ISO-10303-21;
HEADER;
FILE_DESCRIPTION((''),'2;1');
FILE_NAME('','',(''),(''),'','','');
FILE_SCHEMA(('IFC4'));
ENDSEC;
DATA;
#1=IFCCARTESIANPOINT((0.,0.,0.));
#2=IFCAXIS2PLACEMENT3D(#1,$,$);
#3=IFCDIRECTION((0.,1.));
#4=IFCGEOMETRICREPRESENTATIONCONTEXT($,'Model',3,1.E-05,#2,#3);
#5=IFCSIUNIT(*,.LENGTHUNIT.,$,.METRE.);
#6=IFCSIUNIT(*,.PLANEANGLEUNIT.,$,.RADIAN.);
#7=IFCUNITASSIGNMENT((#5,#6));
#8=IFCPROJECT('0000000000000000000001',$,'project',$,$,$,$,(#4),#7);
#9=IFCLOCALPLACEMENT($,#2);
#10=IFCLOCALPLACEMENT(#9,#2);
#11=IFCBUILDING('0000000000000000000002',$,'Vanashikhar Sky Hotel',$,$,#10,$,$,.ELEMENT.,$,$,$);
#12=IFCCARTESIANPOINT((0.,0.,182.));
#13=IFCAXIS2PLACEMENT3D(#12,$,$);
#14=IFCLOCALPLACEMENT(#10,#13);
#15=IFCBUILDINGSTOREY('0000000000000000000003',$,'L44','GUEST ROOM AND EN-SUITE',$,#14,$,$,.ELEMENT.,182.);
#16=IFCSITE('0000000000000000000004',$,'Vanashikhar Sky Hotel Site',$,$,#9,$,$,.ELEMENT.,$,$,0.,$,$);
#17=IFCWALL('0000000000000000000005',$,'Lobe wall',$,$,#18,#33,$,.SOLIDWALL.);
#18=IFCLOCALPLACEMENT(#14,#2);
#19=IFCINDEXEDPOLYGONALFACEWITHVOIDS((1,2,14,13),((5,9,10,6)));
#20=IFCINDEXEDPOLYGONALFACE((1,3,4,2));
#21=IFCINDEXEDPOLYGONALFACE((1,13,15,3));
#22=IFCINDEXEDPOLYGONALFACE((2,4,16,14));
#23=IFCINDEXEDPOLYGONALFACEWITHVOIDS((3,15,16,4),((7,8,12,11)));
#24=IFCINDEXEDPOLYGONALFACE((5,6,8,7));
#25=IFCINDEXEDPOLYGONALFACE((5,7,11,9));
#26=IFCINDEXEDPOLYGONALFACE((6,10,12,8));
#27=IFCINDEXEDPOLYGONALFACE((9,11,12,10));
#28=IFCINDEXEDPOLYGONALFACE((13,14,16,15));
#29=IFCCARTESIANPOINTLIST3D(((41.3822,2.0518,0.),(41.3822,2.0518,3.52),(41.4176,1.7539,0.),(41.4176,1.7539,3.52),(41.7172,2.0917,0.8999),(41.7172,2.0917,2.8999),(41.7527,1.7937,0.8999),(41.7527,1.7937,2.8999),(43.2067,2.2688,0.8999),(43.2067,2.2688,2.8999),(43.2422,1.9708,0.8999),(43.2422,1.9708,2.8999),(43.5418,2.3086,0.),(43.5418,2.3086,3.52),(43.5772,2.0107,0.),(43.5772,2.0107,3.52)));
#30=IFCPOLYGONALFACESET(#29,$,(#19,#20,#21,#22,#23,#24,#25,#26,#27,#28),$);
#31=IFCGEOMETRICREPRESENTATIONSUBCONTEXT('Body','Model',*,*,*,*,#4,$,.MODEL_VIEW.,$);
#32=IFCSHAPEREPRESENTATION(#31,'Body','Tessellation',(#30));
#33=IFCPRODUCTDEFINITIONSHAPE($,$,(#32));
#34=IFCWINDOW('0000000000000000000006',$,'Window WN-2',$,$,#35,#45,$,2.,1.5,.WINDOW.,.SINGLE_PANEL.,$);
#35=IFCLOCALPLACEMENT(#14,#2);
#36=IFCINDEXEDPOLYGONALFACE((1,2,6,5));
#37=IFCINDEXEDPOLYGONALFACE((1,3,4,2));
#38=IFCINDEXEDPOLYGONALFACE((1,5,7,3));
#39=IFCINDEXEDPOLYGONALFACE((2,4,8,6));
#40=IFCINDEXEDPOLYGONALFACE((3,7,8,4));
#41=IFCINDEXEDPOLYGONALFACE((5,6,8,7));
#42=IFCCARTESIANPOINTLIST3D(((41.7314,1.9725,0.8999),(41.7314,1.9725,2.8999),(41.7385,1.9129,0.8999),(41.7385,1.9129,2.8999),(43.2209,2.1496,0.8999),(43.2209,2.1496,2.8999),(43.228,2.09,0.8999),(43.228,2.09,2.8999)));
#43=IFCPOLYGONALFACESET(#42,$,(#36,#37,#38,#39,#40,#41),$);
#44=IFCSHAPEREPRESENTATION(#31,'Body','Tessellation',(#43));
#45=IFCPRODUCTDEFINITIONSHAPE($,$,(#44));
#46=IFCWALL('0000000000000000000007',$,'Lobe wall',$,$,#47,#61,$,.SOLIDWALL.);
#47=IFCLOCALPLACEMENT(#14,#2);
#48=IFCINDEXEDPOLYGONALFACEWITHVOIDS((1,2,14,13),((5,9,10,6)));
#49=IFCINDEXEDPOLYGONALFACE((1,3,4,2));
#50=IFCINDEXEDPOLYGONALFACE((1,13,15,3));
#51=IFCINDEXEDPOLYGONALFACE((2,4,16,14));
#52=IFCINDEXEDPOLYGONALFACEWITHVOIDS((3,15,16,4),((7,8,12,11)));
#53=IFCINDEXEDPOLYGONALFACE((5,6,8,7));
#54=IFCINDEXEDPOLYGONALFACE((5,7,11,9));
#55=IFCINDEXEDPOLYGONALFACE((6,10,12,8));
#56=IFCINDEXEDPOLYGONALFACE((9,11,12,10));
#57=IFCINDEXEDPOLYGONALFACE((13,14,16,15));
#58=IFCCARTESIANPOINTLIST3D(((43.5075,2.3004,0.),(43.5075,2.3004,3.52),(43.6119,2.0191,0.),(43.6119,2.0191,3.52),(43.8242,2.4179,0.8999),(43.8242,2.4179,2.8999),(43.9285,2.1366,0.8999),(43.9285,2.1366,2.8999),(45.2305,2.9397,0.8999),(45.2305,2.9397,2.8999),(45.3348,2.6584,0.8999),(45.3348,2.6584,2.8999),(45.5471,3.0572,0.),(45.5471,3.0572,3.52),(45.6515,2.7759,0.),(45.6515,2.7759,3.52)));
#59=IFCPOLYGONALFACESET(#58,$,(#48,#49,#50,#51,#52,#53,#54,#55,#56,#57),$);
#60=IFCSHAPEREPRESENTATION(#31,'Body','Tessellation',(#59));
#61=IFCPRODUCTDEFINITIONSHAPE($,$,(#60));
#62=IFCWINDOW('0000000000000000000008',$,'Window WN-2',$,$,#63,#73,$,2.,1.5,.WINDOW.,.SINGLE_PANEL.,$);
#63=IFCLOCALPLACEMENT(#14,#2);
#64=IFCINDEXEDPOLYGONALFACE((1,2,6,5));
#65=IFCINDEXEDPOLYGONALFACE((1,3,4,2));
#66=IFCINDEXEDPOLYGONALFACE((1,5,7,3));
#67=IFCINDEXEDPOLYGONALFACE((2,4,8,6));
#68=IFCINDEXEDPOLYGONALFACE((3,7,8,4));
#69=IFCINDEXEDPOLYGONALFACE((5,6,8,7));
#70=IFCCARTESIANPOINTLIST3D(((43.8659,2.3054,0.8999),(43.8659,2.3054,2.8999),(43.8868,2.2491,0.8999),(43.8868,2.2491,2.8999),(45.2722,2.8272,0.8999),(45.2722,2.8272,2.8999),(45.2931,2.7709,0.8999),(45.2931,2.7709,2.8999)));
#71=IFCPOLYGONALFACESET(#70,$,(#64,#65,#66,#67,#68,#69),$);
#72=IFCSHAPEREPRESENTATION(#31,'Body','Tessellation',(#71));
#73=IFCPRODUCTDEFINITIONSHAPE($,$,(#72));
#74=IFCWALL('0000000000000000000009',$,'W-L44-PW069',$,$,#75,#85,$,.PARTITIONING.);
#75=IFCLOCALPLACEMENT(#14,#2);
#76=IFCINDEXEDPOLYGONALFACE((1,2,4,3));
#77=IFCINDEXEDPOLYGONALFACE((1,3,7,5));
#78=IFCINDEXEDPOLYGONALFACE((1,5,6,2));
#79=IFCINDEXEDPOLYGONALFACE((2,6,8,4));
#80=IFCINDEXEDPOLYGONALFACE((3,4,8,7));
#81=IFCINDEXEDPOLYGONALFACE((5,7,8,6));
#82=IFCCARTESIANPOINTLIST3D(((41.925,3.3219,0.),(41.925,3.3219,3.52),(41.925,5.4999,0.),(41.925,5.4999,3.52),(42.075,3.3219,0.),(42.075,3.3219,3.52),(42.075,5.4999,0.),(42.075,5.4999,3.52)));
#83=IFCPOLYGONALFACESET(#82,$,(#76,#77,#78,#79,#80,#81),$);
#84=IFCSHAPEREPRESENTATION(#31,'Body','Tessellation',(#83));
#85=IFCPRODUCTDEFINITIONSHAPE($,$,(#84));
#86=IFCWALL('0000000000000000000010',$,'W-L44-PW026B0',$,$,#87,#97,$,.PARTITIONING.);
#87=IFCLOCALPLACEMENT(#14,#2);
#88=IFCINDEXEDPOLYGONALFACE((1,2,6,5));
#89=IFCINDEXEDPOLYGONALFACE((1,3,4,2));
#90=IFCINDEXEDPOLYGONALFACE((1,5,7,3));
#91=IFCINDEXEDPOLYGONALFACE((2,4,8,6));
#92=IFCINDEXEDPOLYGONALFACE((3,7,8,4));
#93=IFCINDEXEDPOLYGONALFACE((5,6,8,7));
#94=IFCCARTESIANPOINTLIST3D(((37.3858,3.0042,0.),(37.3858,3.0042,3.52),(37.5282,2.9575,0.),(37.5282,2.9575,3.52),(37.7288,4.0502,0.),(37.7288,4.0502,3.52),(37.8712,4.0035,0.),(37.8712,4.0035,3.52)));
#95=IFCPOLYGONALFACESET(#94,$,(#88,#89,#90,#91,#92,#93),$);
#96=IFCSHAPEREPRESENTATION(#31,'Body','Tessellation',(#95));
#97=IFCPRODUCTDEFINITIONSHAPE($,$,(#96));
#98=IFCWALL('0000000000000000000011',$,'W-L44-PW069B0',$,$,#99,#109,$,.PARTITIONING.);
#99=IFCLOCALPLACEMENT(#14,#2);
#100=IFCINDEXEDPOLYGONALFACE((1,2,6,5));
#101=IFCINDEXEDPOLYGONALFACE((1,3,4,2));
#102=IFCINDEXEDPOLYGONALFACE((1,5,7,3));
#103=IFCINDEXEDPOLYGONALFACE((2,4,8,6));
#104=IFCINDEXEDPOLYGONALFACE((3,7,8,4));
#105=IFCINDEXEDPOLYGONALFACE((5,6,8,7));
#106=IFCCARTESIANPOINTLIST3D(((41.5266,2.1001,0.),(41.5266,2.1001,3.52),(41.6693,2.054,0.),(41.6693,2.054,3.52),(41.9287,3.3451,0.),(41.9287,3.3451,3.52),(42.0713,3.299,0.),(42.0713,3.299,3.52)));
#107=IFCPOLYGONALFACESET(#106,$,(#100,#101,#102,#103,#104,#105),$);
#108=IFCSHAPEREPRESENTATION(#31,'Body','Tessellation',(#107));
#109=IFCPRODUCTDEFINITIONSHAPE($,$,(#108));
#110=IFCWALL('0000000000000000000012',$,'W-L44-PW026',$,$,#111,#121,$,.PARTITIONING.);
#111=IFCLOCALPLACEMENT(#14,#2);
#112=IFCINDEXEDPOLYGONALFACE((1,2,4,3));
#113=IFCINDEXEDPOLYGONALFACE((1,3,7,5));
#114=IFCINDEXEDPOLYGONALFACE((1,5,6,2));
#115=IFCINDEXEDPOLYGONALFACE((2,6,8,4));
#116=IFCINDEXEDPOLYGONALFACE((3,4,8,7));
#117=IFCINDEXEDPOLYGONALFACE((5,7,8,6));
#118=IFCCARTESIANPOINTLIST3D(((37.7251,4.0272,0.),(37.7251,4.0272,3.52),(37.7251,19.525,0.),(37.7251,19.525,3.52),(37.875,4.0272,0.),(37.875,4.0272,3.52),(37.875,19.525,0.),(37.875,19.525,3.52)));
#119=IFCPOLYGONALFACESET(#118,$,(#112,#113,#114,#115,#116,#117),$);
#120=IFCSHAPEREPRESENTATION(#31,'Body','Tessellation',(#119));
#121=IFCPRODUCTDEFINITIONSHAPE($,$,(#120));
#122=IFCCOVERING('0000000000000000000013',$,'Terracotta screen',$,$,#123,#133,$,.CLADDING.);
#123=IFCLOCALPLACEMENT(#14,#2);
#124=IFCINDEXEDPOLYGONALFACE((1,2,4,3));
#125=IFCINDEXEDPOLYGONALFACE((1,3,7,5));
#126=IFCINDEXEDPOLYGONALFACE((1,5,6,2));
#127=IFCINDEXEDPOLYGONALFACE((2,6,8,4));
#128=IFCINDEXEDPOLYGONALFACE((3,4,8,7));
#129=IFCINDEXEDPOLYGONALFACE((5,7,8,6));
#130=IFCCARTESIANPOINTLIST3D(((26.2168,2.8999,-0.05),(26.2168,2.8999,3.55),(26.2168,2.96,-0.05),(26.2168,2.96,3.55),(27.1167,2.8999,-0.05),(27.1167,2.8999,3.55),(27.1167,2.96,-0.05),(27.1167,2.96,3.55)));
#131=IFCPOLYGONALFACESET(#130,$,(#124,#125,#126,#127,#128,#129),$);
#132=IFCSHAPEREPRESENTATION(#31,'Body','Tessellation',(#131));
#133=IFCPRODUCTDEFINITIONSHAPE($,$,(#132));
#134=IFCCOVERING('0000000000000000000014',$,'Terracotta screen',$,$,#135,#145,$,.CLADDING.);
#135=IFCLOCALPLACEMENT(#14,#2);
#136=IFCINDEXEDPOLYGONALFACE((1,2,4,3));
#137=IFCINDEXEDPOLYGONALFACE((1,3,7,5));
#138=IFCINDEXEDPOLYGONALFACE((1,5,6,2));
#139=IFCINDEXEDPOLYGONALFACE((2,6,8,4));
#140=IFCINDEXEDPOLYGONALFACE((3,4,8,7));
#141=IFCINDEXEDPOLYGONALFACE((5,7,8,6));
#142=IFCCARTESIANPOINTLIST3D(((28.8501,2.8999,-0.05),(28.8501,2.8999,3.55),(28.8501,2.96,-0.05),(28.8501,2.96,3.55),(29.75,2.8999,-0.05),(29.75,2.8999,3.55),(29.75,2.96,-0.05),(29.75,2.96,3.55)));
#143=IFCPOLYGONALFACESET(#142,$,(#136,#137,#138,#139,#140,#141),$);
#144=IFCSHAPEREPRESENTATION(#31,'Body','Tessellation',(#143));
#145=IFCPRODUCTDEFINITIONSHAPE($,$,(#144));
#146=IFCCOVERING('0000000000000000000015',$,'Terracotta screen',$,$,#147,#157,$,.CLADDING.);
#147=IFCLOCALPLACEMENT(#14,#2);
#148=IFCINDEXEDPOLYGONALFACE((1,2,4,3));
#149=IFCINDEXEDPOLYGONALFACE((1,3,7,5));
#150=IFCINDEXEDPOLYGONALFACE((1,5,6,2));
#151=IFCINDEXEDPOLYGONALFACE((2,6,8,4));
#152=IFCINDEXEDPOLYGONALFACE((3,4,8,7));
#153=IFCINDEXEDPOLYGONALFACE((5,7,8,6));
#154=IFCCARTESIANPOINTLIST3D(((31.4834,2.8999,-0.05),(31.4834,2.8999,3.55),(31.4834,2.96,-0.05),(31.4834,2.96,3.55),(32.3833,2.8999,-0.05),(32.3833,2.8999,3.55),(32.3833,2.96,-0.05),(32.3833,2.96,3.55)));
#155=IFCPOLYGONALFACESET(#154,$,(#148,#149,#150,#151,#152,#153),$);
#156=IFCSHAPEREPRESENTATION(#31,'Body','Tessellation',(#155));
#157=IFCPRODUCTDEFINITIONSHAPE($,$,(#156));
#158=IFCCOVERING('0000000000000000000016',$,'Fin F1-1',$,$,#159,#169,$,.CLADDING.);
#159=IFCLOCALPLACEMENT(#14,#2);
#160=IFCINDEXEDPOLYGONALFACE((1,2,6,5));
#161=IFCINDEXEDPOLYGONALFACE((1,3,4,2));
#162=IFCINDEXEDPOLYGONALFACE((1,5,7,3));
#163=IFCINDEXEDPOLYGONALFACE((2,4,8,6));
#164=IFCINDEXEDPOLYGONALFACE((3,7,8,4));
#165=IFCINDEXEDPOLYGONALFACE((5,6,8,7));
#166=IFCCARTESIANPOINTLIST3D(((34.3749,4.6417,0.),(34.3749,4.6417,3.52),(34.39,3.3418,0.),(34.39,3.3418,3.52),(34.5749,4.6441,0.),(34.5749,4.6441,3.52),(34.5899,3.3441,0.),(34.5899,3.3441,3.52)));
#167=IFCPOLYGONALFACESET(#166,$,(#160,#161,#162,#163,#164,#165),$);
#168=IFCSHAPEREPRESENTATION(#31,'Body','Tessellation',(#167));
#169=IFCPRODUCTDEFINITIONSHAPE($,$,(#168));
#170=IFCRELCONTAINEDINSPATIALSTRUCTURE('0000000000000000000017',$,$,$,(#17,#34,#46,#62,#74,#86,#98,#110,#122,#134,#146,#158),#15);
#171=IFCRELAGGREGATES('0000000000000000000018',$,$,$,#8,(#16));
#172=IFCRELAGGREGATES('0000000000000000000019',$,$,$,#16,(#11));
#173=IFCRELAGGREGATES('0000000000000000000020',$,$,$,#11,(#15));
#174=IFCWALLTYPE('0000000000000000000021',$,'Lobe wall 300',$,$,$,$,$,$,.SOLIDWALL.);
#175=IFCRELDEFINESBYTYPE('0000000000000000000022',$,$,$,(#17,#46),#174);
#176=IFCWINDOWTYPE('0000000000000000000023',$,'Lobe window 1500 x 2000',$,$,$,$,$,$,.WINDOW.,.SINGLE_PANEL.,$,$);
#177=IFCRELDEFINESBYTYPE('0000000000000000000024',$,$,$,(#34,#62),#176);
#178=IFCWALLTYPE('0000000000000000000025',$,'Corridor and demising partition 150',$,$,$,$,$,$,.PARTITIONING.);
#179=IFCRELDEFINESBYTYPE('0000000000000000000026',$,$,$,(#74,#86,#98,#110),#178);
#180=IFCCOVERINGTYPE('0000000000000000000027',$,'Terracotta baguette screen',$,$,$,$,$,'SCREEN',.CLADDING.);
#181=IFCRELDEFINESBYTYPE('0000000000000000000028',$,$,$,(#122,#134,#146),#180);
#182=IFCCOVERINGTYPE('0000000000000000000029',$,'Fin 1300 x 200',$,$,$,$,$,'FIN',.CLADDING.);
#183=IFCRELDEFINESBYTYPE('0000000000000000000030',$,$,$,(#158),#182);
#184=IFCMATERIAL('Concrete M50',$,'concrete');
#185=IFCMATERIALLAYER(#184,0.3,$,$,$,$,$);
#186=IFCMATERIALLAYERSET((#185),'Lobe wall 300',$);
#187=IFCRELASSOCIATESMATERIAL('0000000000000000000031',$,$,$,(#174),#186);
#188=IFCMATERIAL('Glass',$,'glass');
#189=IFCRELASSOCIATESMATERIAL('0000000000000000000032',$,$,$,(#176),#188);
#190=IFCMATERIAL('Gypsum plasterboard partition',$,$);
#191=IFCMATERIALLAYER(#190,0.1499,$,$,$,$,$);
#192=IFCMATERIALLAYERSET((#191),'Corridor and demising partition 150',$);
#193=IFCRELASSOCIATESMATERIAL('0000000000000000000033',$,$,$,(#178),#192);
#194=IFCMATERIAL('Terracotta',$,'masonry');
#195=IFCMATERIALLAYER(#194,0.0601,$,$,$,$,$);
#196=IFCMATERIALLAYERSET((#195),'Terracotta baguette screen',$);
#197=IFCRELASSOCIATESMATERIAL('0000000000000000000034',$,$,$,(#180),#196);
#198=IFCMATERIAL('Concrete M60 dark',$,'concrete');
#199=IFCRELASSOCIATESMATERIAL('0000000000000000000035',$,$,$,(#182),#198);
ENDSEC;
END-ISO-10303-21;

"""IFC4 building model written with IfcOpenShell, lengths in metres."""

from ifc_helpers import new_model, si_unit, direction, frame, frame_2d, origin, origin_2d, place, context, subcontext, project, spatial, rectangle, extrude, source, transform, mapped, material, layer, layer_set, material_profile, profile_set, type_object, element, fill, save


model = new_model("IFC4")

# Units and contexts
model_context = context("Model", 3, precision=1e-05, world=origin(), true_north=direction((0.0, 1.0)))
body_context = subcontext(model_context, "Body", "Model", "MODEL_VIEW")
ifc_project = project(units=[si_unit("LENGTHUNIT", "METRE"), si_unit("PLANEANGLEUNIT", "RADIAN")], contexts=[model_context])

# Site, building, storey
site_placement = place(None, origin())
site = spatial("IfcSite", under=ifc_project, at=site_placement, Name="Vanashikhar Sky Hotel Site", CompositionType="ELEMENT", RefElevation=0.0)
building_placement = place(site_placement, origin())
building = spatial("IfcBuilding", under=site, at=building_placement, Name="Vanashikhar Sky Hotel", CompositionType="ELEMENT")
storey_placement = place(building_placement, frame((0.0, 0.0, 182.0)))
storey = spatial("IfcBuildingStorey", under=building, at=storey_placement, Name="L44", Description="GUEST ROOM AND EN-SUITE", CompositionType="ELEMENT", Elevation=182.0)

# Walls, openings, windows
ifc_material_1 = material(Name="Concrete M50", Category="concrete")
ifc_layer_1 = layer(ifc_material_1, 0.3)
ifc_layer_set_1 = layer_set([ifc_layer_1], Name="Lobe wall 300")
wall_type_1 = type_object("IfcWallType", Name="Lobe wall 300", PredefinedType="SOLIDWALL", material=ifc_layer_set_1)
shared_shape_1 = source(origin(), body_context, "Body", "SweptSolid", [
    extrude(rectangle(XDim=1.5, YDim=2.0, at=frame_2d((0.75, 1.0))), frame((0.0, 0.1602, 0.0), z_axis=(0.0, -1.0, 0.0), x_axis=(1.0, 0.0, 0.0)), (0.0, 0.0, 1.0), 0.3201),
])
ifc_material_2 = material(Name="Glass", Category="glass")
window_type = type_object("IfcWindowType", Name="Lobe window 1500 x 2000", PartitioningType="SINGLE_PANEL", PredefinedType="WINDOW", material=ifc_material_2)
shared_shape_2 = source(origin(), body_context, "Body", "SweptSolid", [
    extrude(rectangle(XDim=1.5, YDim=2.0, at=frame_2d((0.75, 1.0))), frame((0.0, 0.03, 0.0), z_axis=(0.0, -1.0, 0.0), x_axis=(1.0, 0.0, 0.0)), (0.0, 0.0, 1.0), 0.0601),
])
shared_shape_3 = source(origin(), body_context, "Body", "SweptSolid", [
    extrude(rectangle(XDim=2.1748, YDim=0.3, at=frame_2d((1.0874, 0.0))), origin(), (0.0, 0.0, 1.0), 3.52),
])
wall_1_placement = place(storey_placement, frame((41.3999, 1.9028, 0.0), z_axis=(0.0, 0.0, 1.0), x_axis=(0.993003, 0.118092, 0.0)))
wall_1 = element("IfcWall", 1, at=wall_1_placement, inside=storey, type_object=wall_type_1, Name="Lobe wall", PredefinedType="SOLIDWALL", context=body_context, shape_type="MappedRepresentation", body=[
    mapped(shared_shape_3, transform((0.0, 0.0, 0.0), scale=1.0)),
])
opening_1_placement = place(wall_1_placement, frame((0.3374, 0.0, 0.8999)))
opening_1 = element("IfcOpeningElement", 2, at=opening_1_placement, cuts=wall_1, PredefinedType="OPENING", context=body_context, shape_type="MappedRepresentation", body=[
    mapped(shared_shape_1, transform((0.0, 0.0, 0.0), scale=1.0)),
])
window_1_placement = place(opening_1_placement, origin())
window_1 = element("IfcWindow", 3, at=window_1_placement, inside=storey, type_object=window_type, Name="Window WN-2", OverallHeight=2.0, OverallWidth=1.5, PartitioningType="SINGLE_PANEL", PredefinedType="WINDOW", context=body_context, shape_type="MappedRepresentation", body=[
    mapped(shared_shape_2, transform((0.0, 0.0, 0.0), scale=1.0)),
])
fill(opening_1, window_1)
shared_shape_4 = source(origin(), body_context, "Body", "SweptSolid", [
    extrude(rectangle(XDim=2.1755, YDim=0.3, at=frame_2d((1.0879, 0.0))), origin(), (0.0, 0.0, 1.0), 3.52),
])
wall_2_placement = place(storey_placement, frame((43.5596, 2.1597, 0.0), z_axis=(0.0, 0.0, 1.0), x_axis=(0.937532, 0.347899, 0.0)))
wall_2 = element("IfcWall", 4, at=wall_2_placement, inside=storey, type_object=wall_type_1, Name="Lobe wall", PredefinedType="SOLIDWALL", context=body_context, shape_type="MappedRepresentation", body=[
    mapped(shared_shape_4, transform((0.0, 0.0, 0.0), scale=1.0)),
])
opening_2_placement = place(wall_2_placement, frame((0.3379, 0.0, 0.8999)))
opening_2 = element("IfcOpeningElement", 5, at=opening_2_placement, cuts=wall_2, PredefinedType="OPENING", context=body_context, shape_type="MappedRepresentation", body=[
    mapped(shared_shape_1, transform((0.0, 0.0, 0.0), scale=1.0)),
])
window_2_placement = place(opening_2_placement, origin())
window_2 = element("IfcWindow", 6, at=window_2_placement, inside=storey, type_object=window_type, Name="Window WN-2", OverallHeight=2.0, OverallWidth=1.5, PartitioningType="SINGLE_PANEL", PredefinedType="WINDOW", context=body_context, shape_type="MappedRepresentation", body=[
    mapped(shared_shape_2, transform((0.0, 0.0, 0.0), scale=1.0)),
])
fill(opening_2, window_2)

# Walls
ifc_material_3 = material(Name="Gypsum plasterboard partition")
ifc_layer_2 = layer(ifc_material_3, 0.1499)
ifc_layer_set_2 = layer_set([ifc_layer_2], Name="Corridor and demising partition 150")
wall_type_2 = type_object("IfcWallType", Name="Corridor and demising partition 150", PredefinedType="PARTITIONING", material=ifc_layer_set_2)
shared_shape_5 = source(origin(), body_context, "Body", "SweptSolid", [
    extrude(rectangle(XDim=2.178, YDim=0.1499, at=frame_2d((1.0889, 0.0))), origin(), (0.0, 0.0, 1.0), 3.52),
])
wall_3_placement = place(storey_placement, frame((42.0, 3.322, 0.0), z_axis=(0.0, 0.0, 1.0), x_axis=(0.0, 1.0, 0.0)))
element("IfcWall", 7, at=wall_3_placement, inside=storey, type_object=wall_type_2, Name="W-L44-PW069", PredefinedType="PARTITIONING", context=body_context, shape_type="MappedRepresentation", body=[
    mapped(shared_shape_5, transform((0.0, 0.0, 0.0), scale=1.0)),
])
shared_shape_6 = source(origin(), body_context, "Body", "SweptSolid", [
    extrude(rectangle(XDim=1.1008, YDim=0.1499, at=frame_2d((0.5503, 0.0))), origin(), (0.0, 0.0, 1.0), 3.52),
])
wall_4_placement = place(storey_placement, frame((37.457, 2.981, 0.0), z_axis=(0.0, 0.0, 1.0), x_axis=(0.311567, 0.950224, 0.0)))
element("IfcWall", 8, at=wall_4_placement, inside=storey, type_object=wall_type_2, Name="W-L44-PW026B0", PredefinedType="PARTITIONING", context=body_context, shape_type="MappedRepresentation", body=[
    mapped(shared_shape_6, transform((0.0, 0.0, 0.0), scale=1.0)),
])
shared_shape_7 = source(origin(), body_context, "Body", "SweptSolid", [
    extrude(rectangle(XDim=1.3083, YDim=0.1499, at=frame_2d((0.6543, 0.0))), origin(), (0.0, 0.0, 1.0), 3.52),
])
wall_5_placement = place(storey_placement, frame((41.5979, 2.0769, 0.0), z_axis=(0.0, 0.0, 1.0), x_axis=(0.307314, 0.951608, 0.0)))
element("IfcWall", 9, at=wall_5_placement, inside=storey, type_object=wall_type_2, Name="W-L44-PW069B0", PredefinedType="PARTITIONING", context=body_context, shape_type="MappedRepresentation", body=[
    mapped(shared_shape_7, transform((0.0, 0.0, 0.0), scale=1.0)),
])
shared_shape_8 = source(origin(), body_context, "Body", "SweptSolid", [
    extrude(rectangle(XDim=15.4978, YDim=0.1499, at=frame_2d((7.749, 0.0))), origin(), (0.0, 0.0, 1.0), 3.52),
])
wall_6_placement = place(storey_placement, frame((37.8, 4.0271, 0.0), z_axis=(0.0, 0.0, 1.0), x_axis=(0.0, 1.0, 0.0)))
element("IfcWall", 10, at=wall_6_placement, inside=storey, type_object=wall_type_2, Name="W-L44-PW026", PredefinedType="PARTITIONING", context=body_context, shape_type="MappedRepresentation", body=[
    mapped(shared_shape_8, transform((0.0, 0.0, 0.0), scale=1.0)),
])

# Coverings
ifc_material_4 = material(Name="Terracotta", Category="masonry")
ifc_layer_3 = layer(ifc_material_4, 0.0601)
ifc_layer_set_3 = layer_set([ifc_layer_3], Name="Terracotta baguette screen")
covering_type_1 = type_object("IfcCoveringType", Name="Terracotta baguette screen", ElementType="SCREEN", PredefinedType="CLADDING", material=ifc_layer_set_3)
shared_shape_9 = source(origin(), body_context, "Body", "SweptSolid", [
    extrude(rectangle(XDim=0.8999, YDim=0.0601, at=origin_2d()), origin(), (0.0, 0.0, 1.0), 3.6001),
])
for number, where, z_axis, x_axis, name in (
    (11, (26.6667, 2.9299, -0.05), (0.0, 0.0, 1.0), (1.0, 0.0, 0.0), "Terracotta screen"),
    (12, (29.3, 2.9299, -0.05), (0.0, 0.0, 1.0), (1.0, 0.0, 0.0), "Terracotta screen"),
    (13, (31.9333, 2.9299, -0.05), (0.0, 0.0, 1.0), (1.0, 0.0, 0.0), "Terracotta screen"),
):
    element("IfcCovering", number, at=place(storey_placement, frame(where, z_axis=z_axis, x_axis=x_axis)), inside=storey, type_object=covering_type_1, Name=name, PredefinedType="CLADDING", context=body_context, shape_type="MappedRepresentation", body=[
        mapped(shared_shape_9, transform((0.0, 0.0, 0.0), scale=1.0)),
    ])
ifc_material_5 = material(Name="Concrete M60 dark", Category="concrete")
ifc_material_profile = material_profile(ifc_material_5, rectangle(XDim=1.3, YDim=0.2, at=origin_2d()))
ifc_profile_set = profile_set([ifc_material_profile], Name="Fin 1300 x 200")
covering_type_2 = type_object("IfcCoveringType", Name="Fin 1300 x 200", ElementType="FIN", PredefinedType="CLADDING", material=ifc_profile_set)
shared_shape_10 = source(origin(), body_context, "Body", "SweptSolid", [
    extrude(rectangle(XDim=1.3, YDim=0.2, at=origin_2d()), origin(), (0.0, 0.0, 1.0), 3.52),
])
for number, where, z_axis, x_axis, name in (
    (14, (34.4824, 3.9929, 0.0), (0.0, 0.0, 1.0), (0.011589, -0.999933, 0.0), "Fin F1-1"),
):
    element("IfcCovering", number, at=place(storey_placement, frame(where, z_axis=z_axis, x_axis=x_axis)), inside=storey, type_object=covering_type_2, Name=name, PredefinedType="CLADDING", context=body_context, shape_type="MappedRepresentation", body=[
        mapped(shared_shape_10, transform((0.0, 0.0, 0.0), scale=1.0)),
    ])

save(model, "model.ifc")
